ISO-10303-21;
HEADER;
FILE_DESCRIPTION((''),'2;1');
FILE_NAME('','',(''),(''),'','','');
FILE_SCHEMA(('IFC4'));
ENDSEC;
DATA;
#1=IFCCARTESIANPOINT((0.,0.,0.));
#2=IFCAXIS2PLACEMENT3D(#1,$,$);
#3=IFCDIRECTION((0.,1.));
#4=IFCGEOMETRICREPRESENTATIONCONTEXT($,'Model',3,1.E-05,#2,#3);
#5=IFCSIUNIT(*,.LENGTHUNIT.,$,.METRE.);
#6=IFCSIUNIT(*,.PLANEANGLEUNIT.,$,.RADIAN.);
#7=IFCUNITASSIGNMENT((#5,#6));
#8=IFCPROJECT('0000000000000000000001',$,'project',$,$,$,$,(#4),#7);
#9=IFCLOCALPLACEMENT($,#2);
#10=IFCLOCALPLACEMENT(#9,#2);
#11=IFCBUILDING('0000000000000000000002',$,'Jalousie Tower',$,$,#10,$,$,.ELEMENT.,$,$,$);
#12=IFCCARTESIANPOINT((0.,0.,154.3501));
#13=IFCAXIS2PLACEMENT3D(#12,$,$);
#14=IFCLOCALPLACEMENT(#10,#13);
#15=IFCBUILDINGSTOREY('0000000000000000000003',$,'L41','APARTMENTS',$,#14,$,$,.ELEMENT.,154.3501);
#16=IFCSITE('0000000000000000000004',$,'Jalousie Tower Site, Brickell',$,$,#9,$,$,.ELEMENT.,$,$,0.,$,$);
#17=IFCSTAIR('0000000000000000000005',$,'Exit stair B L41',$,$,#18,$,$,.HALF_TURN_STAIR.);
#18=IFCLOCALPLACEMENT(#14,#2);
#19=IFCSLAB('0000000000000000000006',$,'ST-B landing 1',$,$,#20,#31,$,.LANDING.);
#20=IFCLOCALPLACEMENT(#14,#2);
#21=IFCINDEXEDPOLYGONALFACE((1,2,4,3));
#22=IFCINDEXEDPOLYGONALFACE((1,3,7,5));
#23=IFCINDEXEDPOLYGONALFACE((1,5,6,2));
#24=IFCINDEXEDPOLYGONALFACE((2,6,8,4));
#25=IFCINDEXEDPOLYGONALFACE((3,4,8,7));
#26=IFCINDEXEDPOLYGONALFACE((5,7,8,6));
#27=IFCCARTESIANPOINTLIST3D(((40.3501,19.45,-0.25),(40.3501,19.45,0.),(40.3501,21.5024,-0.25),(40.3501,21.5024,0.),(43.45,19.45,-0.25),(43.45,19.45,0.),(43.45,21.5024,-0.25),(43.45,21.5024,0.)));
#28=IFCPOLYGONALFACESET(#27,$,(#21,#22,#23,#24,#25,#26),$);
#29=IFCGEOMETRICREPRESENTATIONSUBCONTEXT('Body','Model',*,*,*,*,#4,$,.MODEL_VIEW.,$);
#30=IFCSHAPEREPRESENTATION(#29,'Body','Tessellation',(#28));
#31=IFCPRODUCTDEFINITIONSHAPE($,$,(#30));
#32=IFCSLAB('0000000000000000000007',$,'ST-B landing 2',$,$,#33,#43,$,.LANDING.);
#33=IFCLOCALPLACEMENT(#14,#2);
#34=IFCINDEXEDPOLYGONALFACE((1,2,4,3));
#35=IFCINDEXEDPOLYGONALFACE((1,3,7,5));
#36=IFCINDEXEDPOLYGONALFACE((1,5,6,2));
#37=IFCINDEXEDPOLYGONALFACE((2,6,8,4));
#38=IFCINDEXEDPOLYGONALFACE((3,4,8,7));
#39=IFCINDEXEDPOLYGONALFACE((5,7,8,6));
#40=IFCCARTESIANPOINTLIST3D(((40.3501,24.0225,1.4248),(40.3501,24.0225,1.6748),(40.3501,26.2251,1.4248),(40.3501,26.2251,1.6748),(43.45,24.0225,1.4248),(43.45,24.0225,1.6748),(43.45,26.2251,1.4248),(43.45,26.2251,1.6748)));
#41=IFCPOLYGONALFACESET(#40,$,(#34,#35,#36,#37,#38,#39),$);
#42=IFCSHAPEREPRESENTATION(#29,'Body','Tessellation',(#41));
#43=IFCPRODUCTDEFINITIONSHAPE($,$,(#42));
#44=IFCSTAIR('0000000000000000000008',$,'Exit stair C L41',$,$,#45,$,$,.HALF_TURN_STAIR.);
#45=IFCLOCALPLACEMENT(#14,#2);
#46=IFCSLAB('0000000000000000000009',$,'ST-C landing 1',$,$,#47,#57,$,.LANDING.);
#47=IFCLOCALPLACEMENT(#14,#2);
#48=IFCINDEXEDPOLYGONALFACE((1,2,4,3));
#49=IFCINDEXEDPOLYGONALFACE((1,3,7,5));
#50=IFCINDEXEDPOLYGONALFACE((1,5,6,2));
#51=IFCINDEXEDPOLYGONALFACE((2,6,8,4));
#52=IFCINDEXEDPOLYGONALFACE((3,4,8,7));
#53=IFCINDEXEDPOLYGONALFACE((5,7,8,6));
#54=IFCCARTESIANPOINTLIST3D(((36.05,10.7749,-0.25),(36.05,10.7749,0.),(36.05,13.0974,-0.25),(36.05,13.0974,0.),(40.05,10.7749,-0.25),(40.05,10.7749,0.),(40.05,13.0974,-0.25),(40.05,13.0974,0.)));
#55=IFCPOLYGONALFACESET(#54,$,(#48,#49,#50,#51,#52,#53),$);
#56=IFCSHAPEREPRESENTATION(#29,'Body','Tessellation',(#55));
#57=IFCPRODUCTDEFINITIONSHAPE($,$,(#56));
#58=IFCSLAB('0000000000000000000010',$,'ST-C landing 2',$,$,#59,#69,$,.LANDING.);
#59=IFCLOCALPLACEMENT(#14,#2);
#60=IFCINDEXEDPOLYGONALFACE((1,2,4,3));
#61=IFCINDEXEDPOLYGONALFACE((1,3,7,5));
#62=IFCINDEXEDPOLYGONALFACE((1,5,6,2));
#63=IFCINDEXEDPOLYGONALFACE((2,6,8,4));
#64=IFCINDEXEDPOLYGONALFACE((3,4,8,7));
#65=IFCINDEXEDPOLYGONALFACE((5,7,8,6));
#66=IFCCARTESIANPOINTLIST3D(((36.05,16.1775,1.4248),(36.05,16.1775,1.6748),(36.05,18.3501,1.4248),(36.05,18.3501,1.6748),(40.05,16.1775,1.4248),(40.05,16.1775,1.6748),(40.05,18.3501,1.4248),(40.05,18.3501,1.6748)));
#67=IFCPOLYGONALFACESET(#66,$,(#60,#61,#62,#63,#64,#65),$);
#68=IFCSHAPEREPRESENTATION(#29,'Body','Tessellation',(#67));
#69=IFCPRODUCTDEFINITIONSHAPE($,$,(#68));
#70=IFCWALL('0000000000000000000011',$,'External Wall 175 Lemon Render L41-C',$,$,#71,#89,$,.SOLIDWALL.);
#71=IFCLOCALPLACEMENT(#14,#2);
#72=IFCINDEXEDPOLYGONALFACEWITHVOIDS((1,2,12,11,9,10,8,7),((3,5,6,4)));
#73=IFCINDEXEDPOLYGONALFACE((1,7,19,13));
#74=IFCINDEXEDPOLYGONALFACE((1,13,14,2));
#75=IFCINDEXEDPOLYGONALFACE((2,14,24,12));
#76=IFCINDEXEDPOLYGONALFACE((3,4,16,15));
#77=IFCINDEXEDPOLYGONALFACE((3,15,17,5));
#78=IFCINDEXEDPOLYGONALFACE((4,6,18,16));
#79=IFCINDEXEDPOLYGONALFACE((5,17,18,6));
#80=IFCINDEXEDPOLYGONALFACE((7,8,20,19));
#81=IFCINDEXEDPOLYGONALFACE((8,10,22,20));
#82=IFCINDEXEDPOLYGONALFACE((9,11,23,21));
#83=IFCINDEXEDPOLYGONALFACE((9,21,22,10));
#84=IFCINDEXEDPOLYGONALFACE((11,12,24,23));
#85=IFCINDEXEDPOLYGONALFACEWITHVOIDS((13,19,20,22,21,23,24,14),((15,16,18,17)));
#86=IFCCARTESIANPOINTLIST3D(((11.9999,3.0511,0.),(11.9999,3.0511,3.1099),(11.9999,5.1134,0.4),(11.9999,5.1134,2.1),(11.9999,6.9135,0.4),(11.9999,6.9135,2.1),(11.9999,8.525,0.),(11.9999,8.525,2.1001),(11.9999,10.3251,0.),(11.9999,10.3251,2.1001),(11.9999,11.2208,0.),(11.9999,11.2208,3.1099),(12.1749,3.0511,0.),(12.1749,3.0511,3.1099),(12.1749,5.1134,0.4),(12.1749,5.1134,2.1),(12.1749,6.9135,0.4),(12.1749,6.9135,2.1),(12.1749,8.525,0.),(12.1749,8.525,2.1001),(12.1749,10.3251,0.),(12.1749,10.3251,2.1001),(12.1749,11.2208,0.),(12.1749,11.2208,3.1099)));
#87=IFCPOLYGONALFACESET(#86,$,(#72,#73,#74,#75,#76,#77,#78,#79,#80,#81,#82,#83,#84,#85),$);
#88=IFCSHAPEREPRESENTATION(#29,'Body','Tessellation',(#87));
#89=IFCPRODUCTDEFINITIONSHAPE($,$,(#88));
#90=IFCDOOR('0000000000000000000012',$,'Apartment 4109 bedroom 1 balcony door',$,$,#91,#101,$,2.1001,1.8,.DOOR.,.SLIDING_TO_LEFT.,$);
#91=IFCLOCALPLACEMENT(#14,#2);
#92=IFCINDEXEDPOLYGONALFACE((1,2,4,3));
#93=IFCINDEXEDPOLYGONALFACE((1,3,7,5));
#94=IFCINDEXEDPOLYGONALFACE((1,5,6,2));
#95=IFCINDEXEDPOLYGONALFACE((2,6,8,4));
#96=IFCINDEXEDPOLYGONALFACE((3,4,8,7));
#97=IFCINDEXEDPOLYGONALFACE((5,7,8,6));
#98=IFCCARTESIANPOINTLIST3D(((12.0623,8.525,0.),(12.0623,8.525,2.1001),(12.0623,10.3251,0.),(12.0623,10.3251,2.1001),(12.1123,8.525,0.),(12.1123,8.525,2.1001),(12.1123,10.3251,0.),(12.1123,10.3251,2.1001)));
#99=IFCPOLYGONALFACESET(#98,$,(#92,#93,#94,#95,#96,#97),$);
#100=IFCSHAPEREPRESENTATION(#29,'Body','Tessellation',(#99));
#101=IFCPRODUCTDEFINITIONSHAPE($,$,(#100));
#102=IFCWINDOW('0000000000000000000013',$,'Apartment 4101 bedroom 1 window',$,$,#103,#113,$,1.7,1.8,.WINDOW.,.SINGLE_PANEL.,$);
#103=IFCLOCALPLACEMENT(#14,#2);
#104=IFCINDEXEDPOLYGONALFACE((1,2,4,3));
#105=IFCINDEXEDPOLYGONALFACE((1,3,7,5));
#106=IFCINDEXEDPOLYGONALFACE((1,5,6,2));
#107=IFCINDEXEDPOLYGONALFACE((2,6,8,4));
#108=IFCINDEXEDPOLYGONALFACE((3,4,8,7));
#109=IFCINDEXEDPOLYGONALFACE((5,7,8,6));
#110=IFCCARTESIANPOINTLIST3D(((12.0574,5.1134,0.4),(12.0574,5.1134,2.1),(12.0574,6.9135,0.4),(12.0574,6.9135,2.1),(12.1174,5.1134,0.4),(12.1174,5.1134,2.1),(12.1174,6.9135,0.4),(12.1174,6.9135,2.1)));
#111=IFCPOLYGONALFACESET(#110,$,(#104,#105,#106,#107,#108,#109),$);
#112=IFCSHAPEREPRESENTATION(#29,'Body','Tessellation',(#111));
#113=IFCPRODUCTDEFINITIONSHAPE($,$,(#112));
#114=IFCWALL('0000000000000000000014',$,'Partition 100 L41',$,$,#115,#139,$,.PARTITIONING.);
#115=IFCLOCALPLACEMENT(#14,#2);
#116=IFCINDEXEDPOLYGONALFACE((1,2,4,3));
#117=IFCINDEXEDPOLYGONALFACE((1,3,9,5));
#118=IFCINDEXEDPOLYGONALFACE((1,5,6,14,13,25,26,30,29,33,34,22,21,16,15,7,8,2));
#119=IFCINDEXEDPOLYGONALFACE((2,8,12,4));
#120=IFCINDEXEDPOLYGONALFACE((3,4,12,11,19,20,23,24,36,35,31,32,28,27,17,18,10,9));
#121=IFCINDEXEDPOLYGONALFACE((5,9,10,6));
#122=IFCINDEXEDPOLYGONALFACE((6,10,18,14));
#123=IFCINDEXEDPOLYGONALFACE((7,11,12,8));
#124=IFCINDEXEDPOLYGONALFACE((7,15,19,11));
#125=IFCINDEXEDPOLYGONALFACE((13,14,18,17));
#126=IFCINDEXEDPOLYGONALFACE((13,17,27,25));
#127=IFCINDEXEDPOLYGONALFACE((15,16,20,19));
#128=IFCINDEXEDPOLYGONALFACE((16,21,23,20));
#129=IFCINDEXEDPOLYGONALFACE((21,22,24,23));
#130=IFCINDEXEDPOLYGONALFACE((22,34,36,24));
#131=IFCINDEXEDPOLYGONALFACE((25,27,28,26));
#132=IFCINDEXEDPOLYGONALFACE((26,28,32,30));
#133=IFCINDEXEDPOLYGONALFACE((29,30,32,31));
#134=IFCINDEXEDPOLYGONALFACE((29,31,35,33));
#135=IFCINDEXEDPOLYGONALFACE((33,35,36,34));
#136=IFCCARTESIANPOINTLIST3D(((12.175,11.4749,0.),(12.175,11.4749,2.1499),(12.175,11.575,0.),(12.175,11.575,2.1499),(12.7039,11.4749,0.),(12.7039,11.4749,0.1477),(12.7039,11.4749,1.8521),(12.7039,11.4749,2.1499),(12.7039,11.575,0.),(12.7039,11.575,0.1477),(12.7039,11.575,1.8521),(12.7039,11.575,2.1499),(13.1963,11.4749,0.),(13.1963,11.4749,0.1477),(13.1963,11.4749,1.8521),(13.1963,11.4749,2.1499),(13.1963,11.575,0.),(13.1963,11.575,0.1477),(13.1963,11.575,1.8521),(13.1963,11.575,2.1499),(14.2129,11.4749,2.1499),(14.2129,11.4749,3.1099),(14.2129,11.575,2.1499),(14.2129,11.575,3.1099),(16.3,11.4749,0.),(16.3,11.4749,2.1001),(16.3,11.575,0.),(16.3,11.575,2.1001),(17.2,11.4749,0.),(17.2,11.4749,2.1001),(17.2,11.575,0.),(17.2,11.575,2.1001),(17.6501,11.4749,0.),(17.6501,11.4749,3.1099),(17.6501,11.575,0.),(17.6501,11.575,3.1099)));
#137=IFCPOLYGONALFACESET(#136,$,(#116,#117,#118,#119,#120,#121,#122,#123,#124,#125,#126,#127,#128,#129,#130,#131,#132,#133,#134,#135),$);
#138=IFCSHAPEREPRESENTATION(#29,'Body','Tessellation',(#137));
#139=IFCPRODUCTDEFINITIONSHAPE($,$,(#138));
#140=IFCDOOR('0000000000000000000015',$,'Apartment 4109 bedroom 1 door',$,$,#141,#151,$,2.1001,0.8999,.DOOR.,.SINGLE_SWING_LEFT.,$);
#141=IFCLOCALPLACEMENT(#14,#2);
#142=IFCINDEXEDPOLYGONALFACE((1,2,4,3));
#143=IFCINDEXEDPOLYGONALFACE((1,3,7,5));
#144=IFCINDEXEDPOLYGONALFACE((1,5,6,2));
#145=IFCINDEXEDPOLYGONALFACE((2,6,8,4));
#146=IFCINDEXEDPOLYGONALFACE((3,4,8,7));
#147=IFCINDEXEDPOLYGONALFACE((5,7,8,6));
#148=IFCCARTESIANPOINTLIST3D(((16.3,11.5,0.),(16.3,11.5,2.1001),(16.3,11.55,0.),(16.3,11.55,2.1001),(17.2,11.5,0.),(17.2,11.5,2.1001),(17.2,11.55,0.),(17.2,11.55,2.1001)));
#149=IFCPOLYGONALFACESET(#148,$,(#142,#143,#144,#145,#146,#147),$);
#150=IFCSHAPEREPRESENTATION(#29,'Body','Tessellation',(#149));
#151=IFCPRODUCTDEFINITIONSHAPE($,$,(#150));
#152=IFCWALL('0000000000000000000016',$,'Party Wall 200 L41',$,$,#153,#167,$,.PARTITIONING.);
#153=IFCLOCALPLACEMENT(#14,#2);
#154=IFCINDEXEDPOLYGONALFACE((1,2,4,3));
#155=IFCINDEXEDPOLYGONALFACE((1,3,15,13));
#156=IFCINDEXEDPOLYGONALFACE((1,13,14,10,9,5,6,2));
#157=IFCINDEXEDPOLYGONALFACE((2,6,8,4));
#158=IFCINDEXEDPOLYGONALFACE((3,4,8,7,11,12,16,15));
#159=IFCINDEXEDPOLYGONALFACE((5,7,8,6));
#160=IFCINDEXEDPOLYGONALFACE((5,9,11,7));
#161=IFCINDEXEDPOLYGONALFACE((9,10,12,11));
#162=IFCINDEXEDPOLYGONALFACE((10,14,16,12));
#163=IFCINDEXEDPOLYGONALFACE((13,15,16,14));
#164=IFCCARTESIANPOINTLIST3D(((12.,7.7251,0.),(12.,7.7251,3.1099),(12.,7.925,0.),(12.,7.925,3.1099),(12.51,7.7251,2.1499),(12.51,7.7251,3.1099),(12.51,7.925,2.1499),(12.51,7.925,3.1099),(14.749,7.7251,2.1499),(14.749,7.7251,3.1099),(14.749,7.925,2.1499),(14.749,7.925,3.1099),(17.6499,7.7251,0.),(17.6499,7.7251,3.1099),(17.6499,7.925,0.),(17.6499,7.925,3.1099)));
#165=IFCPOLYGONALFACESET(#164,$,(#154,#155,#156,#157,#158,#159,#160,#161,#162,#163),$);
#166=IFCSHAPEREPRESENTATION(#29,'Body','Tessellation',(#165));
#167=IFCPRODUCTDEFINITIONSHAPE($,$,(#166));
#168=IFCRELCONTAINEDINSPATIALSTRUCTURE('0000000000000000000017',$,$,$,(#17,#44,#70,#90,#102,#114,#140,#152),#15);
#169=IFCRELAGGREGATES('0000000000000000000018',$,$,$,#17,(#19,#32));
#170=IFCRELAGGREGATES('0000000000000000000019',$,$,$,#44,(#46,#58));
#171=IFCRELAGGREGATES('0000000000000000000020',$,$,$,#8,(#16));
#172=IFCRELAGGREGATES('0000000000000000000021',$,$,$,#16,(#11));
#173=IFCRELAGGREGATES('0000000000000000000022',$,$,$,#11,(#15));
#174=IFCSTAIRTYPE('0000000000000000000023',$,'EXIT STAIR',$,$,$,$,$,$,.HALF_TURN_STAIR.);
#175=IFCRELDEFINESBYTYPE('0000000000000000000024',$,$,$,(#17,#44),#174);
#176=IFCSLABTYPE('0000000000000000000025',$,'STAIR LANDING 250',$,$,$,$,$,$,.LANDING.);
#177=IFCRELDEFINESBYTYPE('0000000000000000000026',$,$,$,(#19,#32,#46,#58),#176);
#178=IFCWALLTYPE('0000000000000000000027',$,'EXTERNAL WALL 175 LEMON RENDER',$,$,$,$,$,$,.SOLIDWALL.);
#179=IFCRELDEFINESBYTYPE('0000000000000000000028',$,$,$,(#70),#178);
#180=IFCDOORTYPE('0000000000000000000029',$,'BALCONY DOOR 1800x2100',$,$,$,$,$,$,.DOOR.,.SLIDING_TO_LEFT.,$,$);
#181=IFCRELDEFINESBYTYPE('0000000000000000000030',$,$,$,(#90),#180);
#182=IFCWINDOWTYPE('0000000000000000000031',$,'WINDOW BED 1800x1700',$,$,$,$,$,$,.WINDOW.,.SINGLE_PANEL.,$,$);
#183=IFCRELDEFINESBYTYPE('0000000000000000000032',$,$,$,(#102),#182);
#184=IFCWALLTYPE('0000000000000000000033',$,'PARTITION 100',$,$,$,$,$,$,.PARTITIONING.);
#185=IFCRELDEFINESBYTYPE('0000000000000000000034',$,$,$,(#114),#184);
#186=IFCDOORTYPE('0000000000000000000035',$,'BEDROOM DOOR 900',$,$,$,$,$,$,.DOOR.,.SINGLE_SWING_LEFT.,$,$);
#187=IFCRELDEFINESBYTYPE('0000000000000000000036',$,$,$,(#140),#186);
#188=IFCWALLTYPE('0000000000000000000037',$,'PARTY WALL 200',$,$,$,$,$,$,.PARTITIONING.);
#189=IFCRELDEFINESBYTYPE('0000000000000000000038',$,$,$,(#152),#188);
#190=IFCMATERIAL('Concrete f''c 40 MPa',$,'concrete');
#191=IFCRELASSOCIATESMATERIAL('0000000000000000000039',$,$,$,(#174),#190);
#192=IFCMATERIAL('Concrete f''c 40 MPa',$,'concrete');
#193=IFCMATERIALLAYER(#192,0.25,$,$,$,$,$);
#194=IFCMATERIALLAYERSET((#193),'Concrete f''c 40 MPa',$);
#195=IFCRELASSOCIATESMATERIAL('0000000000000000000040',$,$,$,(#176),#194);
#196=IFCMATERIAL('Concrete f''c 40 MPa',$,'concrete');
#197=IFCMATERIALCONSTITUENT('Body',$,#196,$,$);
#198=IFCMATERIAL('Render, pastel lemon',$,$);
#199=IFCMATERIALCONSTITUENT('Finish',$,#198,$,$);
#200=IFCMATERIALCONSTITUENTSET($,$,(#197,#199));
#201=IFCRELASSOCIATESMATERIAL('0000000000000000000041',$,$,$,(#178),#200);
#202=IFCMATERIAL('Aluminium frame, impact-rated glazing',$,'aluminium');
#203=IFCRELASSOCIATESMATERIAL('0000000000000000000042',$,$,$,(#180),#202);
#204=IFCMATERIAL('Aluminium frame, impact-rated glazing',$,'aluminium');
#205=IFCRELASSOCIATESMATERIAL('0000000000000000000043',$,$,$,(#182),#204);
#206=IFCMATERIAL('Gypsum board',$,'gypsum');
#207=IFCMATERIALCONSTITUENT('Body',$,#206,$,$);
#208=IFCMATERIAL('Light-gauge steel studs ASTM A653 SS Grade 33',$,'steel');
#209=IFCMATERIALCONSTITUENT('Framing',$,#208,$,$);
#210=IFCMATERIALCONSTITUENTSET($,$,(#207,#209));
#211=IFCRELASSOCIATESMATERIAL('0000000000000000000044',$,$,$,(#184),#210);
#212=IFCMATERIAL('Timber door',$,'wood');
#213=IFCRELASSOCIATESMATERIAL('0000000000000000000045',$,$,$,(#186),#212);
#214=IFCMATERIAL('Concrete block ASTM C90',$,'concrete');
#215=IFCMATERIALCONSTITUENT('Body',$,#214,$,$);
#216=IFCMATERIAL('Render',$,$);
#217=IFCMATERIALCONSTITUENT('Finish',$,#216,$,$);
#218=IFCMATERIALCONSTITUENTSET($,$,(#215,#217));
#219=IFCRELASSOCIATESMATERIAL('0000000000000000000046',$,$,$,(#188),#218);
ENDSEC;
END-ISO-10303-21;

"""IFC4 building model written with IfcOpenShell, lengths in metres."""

from ifc_helpers import new_model, si_unit, direction, frame, frame_2d, origin, place, context, subcontext, project, spatial, polyline, rectangle, outline, extrude, material, layer, layer_set, constituent, constituent_set, type_object, element, fill, aggregate, save


model = new_model("IFC4")

# Units and contexts
model_context = context("Model", 3, precision=1e-05, world=origin(), true_north=direction((0.0, 1.0)))
body_context = subcontext(model_context, "Body", "Model", "MODEL_VIEW")
ifc_project = project(units=[si_unit("LENGTHUNIT", "METRE"), si_unit("PLANEANGLEUNIT", "RADIAN")], contexts=[model_context])

# Site, building, storey
site_placement = place(None, origin())
site = spatial("IfcSite", under=ifc_project, at=site_placement, Name="Jalousie Tower Site, Brickell", CompositionType="ELEMENT", RefElevation=0.0)
building_placement = place(site_placement, origin())
building = spatial("IfcBuilding", under=site, at=building_placement, Name="Jalousie Tower", CompositionType="ELEMENT")
storey_placement = place(building_placement, frame((0.0, 0.0, 154.3501)))
storey = spatial("IfcBuildingStorey", under=building, at=storey_placement, Name="L41", Description="APARTMENTS", CompositionType="ELEMENT", Elevation=154.3501)

# Stairs, slabs
ifc_material_1 = material(Name="Concrete f'c 40 MPa", Category="concrete")
stair_type = type_object("IfcStairType", Name="EXIT STAIR", PredefinedType="HALF_TURN_STAIR", material=ifc_material_1)
ifc_material_2 = material(Name="Concrete f'c 40 MPa", Category="concrete")
ifc_layer_1 = layer(ifc_material_2, 0.25)
ifc_layer_set_1 = layer_set([ifc_layer_1], Name="Concrete f'c 40 MPa")
slab_type_1 = type_object("IfcSlabType", Name="STAIR LANDING 250", PredefinedType="LANDING", material=ifc_layer_set_1)
stair_1_placement = place(storey_placement, origin())
stair_1 = element("IfcStair", 1, at=stair_1_placement, inside=storey, type_object=stair_type, Name="Exit stair B L41", PredefinedType="HALF_TURN_STAIR")
slab_1_placement = place(storey_placement, frame((0.0, 0.0, -0.25)))
slab_1 = element("IfcSlab", 2, at=slab_1_placement, type_object=slab_type_1, Name="ST-B landing 1", PredefinedType="LANDING", context=body_context, shape_type="SweptSolid", body=[
    extrude(outline(polyline([(40.3501, 19.45), (43.45, 19.45), (43.45, 21.5024), (40.3501, 21.5024), (40.3501, 19.45)])), origin(), (0.0, 0.0, 1.0), 0.25),
])
slab_2_placement = place(storey_placement, frame((0.0, 0.0, 1.4248)))
slab_2 = element("IfcSlab", 3, at=slab_2_placement, type_object=slab_type_1, Name="ST-B landing 2", PredefinedType="LANDING", context=body_context, shape_type="SweptSolid", body=[
    extrude(outline(polyline([(40.3501, 24.0225), (43.45, 24.0225), (43.45, 26.2251), (40.3501, 26.2251), (40.3501, 24.0225)])), origin(), (0.0, 0.0, 1.0), 0.25),
])
aggregate(stair_1, [slab_1, slab_2])
stair_2_placement = place(storey_placement, origin())
stair_2 = element("IfcStair", 4, at=stair_2_placement, inside=storey, type_object=stair_type, Name="Exit stair C L41", PredefinedType="HALF_TURN_STAIR")
slab_3_placement = place(storey_placement, frame((0.0, 0.0, -0.25)))
slab_3 = element("IfcSlab", 5, at=slab_3_placement, type_object=slab_type_1, Name="ST-C landing 1", PredefinedType="LANDING", context=body_context, shape_type="SweptSolid", body=[
    extrude(outline(polyline([(36.05, 10.7749), (40.05, 10.7749), (40.05, 13.0974), (36.05, 13.0974), (36.05, 10.7749)])), origin(), (0.0, 0.0, 1.0), 0.25),
])
slab_4_placement = place(storey_placement, frame((0.0, 0.0, 1.4248)))
slab_4 = element("IfcSlab", 6, at=slab_4_placement, type_object=slab_type_1, Name="ST-C landing 2", PredefinedType="LANDING", context=body_context, shape_type="SweptSolid", body=[
    extrude(outline(polyline([(36.05, 16.1775), (40.05, 16.1775), (40.05, 18.3501), (36.05, 18.3501), (36.05, 16.1775)])), origin(), (0.0, 0.0, 1.0), 0.25),
])
aggregate(stair_2, [slab_3, slab_4])

# Wall, openings, door, window
ifc_material_3 = material(Name="Concrete f'c 40 MPa", Category="concrete")
ifc_constituent_1 = constituent(ifc_material_3, Name="Body")
ifc_material_4 = material(Name="Render, pastel lemon")
ifc_constituent_2 = constituent(ifc_material_4, Name="Finish")
ifc_constituent_set_1 = constituent_set(constituents=[ifc_constituent_1, ifc_constituent_2])
wall_type_1 = type_object("IfcWallType", Name="EXTERNAL WALL 175 LEMON RENDER", PredefinedType="SOLIDWALL", material=ifc_constituent_set_1)
wall_1_placement = place(storey_placement, frame((12.0874, 11.2209, 0.0), z_axis=(0.0, 0.0, 1.0), x_axis=(0.0, -1.0, 0.0)))
wall_1 = element("IfcWall", 7, at=wall_1_placement, inside=storey, type_object=wall_type_1, Name="External Wall 175 Lemon Render L41-C", PredefinedType="SOLIDWALL", context=body_context, shape_type="SweptSolid", body=[
    extrude(rectangle(XDim=8.1697, YDim=0.175, at=frame_2d((4.085, 0.0))), origin(), (0.0, 0.0, 1.0), 3.1099),
])
opening_1_placement = place(wall_1_placement, frame((0.896, 0.0, 0.0)))
opening_1 = element("IfcOpeningElement", 8, at=opening_1_placement, cuts=wall_1, PredefinedType="OPENING", context=body_context, shape_type="SweptSolid", body=[
    extrude(rectangle(XDim=1.8, YDim=2.1001, at=frame_2d((0.8999, 1.05))), frame((0.0, 0.0974, 0.0), z_axis=(0.0, -1.0, 0.0), x_axis=(1.0, 0.0, 0.0)), (0.0, 0.0, 1.0), 0.1951),
])
opening_2_placement = place(wall_1_placement, frame((4.3076, 0.0, 0.3999)))
opening_2 = element("IfcOpeningElement", 9, at=opening_2_placement, cuts=wall_1, PredefinedType="OPENING", context=body_context, shape_type="SweptSolid", body=[
    extrude(rectangle(XDim=1.8, YDim=1.7, at=frame_2d((0.8999, 0.8501))), frame((0.0, 0.0974, 0.0), z_axis=(0.0, -1.0, 0.0), x_axis=(1.0, 0.0, 0.0)), (0.0, 0.0, 1.0), 0.1951),
])
ifc_material_5 = material(Name="Aluminium frame, impact-rated glazing", Category="aluminium")
door_type_1 = type_object("IfcDoorType", Name="BALCONY DOOR 1800x2100", OperationType="SLIDING_TO_LEFT", PredefinedType="DOOR", material=ifc_material_5)
door_1_placement = place(opening_1_placement, origin())
door_1 = element("IfcDoor", 10, at=door_1_placement, inside=storey, type_object=door_type_1, Name="Apartment 4109 bedroom 1 balcony door", OperationType="SLIDING_TO_LEFT", OverallHeight=2.1001, OverallWidth=1.8, PredefinedType="DOOR", context=body_context, shape_type="SweptSolid", body=[
    extrude(rectangle(XDim=1.8, YDim=2.1001, at=frame_2d((0.8999, 1.05))), frame((0.0, 0.0249, 0.0), z_axis=(0.0, -1.0, 0.0), x_axis=(1.0, 0.0, 0.0)), (0.0, 0.0, 1.0), 0.05),
])
fill(opening_1, door_1)
ifc_material_6 = material(Name="Aluminium frame, impact-rated glazing", Category="aluminium")
window_type = type_object("IfcWindowType", Name="WINDOW BED 1800x1700", PartitioningType="SINGLE_PANEL", PredefinedType="WINDOW", material=ifc_material_6)
window_placement = place(opening_2_placement, origin())
window = element("IfcWindow", 11, at=window_placement, inside=storey, type_object=window_type, Name="Apartment 4101 bedroom 1 window", OverallHeight=1.7, OverallWidth=1.8, PartitioningType="SINGLE_PANEL", PredefinedType="WINDOW", context=body_context, shape_type="SweptSolid", body=[
    extrude(rectangle(XDim=1.8, YDim=1.7, at=frame_2d((0.8999, 0.8501))), frame((0.0, 0.03, 0.0), z_axis=(0.0, -1.0, 0.0), x_axis=(1.0, 0.0, 0.0)), (0.0, 0.0, 1.0), 0.0601),
])
fill(opening_2, window)

# Wall, opening, door
ifc_material_7 = material(Name="Gypsum board", Category="gypsum")
ifc_constituent_3 = constituent(ifc_material_7, Name="Body")
ifc_material_8 = material(Name="Light-gauge steel studs ASTM A653 SS Grade 33", Category="steel")
ifc_constituent_4 = constituent(ifc_material_8, Name="Framing")
ifc_constituent_set_2 = constituent_set(constituents=[ifc_constituent_3, ifc_constituent_4])
wall_type_2 = type_object("IfcWallType", Name="PARTITION 100", PredefinedType="PARTITIONING", material=ifc_constituent_set_2)
wall_2_placement = place(storey_placement, frame((12.175, 11.5249, 0.0), z_axis=(0.0, 0.0, 1.0), x_axis=(1.0, 0.0, 0.0)))
wall_2 = element("IfcWall", 12, at=wall_2_placement, inside=storey, type_object=wall_type_2, Name="Partition 100 L41", PredefinedType="PARTITIONING", context=body_context, shape_type="SweptSolid", body=[
    extrude(outline(polyline([(0.5288, 2.1499), (0.0, 2.1499), (0.0, 0.0), (0.5288, 0.0), (0.5288, 0.1477), (1.0212, 0.1477), (1.0212, 0.0), (5.4751, 0.0), (5.4751, 3.1099), (2.0378, 3.1099), (2.0378, 2.1499), (1.0212, 2.1499), (1.0212, 1.8521), (0.5288, 1.8521), (0.5288, 2.1499)])), frame((0.0, 0.05, 0.0), z_axis=(0.0, -1.0, 0.0), x_axis=(1.0, 0.0, 0.0)), (0.0, 0.0, 1.0), 0.1001),
])
opening_3_placement = place(wall_2_placement, frame((4.125, 0.0, 0.0)))
opening_3 = element("IfcOpeningElement", 13, at=opening_3_placement, cuts=wall_2, PredefinedType="OPENING", context=body_context, shape_type="SweptSolid", body=[
    extrude(rectangle(XDim=0.8999, YDim=2.1001, at=frame_2d((0.45, 1.05))), frame((0.0, 0.0601, 0.0), z_axis=(0.0, -1.0, 0.0), x_axis=(1.0, 0.0, 0.0)), (0.0, 0.0, 1.0), 0.1201),
])
ifc_material_9 = material(Name="Timber door", Category="wood")
door_type_2 = type_object("IfcDoorType", Name="BEDROOM DOOR 900", OperationType="SINGLE_SWING_LEFT", PredefinedType="DOOR", material=ifc_material_9)
door_2_placement = place(opening_3_placement, frame((0.8999, 0.0, 0.0), z_axis=(0.0, 0.0, 1.0), x_axis=(-1.0, 0.0, 0.0)))
door_2 = element("IfcDoor", 14, at=door_2_placement, inside=storey, type_object=door_type_2, Name="Apartment 4109 bedroom 1 door", OperationType="SINGLE_SWING_LEFT", OverallHeight=2.1001, OverallWidth=0.8999, PredefinedType="DOOR", context=body_context, shape_type="SweptSolid", body=[
    extrude(rectangle(XDim=0.8999, YDim=2.1001, at=frame_2d((0.45, 1.05))), frame((0.0, 0.0249, 0.0), z_axis=(0.0, -1.0, 0.0), x_axis=(1.0, 0.0, 0.0)), (0.0, 0.0, 1.0), 0.05),
])
fill(opening_3, door_2)

# Wall
ifc_material_10 = material(Name="Concrete block ASTM C90", Category="concrete")
ifc_constituent_5 = constituent(ifc_material_10, Name="Body")
ifc_material_11 = material(Name="Render")
ifc_constituent_6 = constituent(ifc_material_11, Name="Finish")
ifc_constituent_set_3 = constituent_set(constituents=[ifc_constituent_5, ifc_constituent_6])
wall_type_3 = type_object("IfcWallType", Name="PARTY WALL 200", PredefinedType="PARTITIONING", material=ifc_constituent_set_3)
wall_3_placement = place(storey_placement, frame((12.0, 7.825, 0.0), z_axis=(0.0, 0.0, 1.0), x_axis=(1.0, 0.0, 0.0)))
element("IfcWall", 15, at=wall_3_placement, inside=storey, type_object=wall_type_3, Name="Party Wall 200 L41", PredefinedType="PARTITIONING", context=body_context, shape_type="SweptSolid", body=[
    extrude(outline(polyline([(0.0, 0.0), (5.6499, 0.0), (5.6499, 3.1099), (2.749, 3.1099), (2.749, 2.1499), (0.51, 2.1499), (0.51, 3.1099), (0.0, 3.1099), (0.0, 0.0)])), frame((0.0, 0.1001, 0.0), z_axis=(0.0, -1.0, 0.0), x_axis=(1.0, 0.0, 0.0)), (0.0, 0.0, 1.0), 0.2),
])

save(model, "model.ifc")
